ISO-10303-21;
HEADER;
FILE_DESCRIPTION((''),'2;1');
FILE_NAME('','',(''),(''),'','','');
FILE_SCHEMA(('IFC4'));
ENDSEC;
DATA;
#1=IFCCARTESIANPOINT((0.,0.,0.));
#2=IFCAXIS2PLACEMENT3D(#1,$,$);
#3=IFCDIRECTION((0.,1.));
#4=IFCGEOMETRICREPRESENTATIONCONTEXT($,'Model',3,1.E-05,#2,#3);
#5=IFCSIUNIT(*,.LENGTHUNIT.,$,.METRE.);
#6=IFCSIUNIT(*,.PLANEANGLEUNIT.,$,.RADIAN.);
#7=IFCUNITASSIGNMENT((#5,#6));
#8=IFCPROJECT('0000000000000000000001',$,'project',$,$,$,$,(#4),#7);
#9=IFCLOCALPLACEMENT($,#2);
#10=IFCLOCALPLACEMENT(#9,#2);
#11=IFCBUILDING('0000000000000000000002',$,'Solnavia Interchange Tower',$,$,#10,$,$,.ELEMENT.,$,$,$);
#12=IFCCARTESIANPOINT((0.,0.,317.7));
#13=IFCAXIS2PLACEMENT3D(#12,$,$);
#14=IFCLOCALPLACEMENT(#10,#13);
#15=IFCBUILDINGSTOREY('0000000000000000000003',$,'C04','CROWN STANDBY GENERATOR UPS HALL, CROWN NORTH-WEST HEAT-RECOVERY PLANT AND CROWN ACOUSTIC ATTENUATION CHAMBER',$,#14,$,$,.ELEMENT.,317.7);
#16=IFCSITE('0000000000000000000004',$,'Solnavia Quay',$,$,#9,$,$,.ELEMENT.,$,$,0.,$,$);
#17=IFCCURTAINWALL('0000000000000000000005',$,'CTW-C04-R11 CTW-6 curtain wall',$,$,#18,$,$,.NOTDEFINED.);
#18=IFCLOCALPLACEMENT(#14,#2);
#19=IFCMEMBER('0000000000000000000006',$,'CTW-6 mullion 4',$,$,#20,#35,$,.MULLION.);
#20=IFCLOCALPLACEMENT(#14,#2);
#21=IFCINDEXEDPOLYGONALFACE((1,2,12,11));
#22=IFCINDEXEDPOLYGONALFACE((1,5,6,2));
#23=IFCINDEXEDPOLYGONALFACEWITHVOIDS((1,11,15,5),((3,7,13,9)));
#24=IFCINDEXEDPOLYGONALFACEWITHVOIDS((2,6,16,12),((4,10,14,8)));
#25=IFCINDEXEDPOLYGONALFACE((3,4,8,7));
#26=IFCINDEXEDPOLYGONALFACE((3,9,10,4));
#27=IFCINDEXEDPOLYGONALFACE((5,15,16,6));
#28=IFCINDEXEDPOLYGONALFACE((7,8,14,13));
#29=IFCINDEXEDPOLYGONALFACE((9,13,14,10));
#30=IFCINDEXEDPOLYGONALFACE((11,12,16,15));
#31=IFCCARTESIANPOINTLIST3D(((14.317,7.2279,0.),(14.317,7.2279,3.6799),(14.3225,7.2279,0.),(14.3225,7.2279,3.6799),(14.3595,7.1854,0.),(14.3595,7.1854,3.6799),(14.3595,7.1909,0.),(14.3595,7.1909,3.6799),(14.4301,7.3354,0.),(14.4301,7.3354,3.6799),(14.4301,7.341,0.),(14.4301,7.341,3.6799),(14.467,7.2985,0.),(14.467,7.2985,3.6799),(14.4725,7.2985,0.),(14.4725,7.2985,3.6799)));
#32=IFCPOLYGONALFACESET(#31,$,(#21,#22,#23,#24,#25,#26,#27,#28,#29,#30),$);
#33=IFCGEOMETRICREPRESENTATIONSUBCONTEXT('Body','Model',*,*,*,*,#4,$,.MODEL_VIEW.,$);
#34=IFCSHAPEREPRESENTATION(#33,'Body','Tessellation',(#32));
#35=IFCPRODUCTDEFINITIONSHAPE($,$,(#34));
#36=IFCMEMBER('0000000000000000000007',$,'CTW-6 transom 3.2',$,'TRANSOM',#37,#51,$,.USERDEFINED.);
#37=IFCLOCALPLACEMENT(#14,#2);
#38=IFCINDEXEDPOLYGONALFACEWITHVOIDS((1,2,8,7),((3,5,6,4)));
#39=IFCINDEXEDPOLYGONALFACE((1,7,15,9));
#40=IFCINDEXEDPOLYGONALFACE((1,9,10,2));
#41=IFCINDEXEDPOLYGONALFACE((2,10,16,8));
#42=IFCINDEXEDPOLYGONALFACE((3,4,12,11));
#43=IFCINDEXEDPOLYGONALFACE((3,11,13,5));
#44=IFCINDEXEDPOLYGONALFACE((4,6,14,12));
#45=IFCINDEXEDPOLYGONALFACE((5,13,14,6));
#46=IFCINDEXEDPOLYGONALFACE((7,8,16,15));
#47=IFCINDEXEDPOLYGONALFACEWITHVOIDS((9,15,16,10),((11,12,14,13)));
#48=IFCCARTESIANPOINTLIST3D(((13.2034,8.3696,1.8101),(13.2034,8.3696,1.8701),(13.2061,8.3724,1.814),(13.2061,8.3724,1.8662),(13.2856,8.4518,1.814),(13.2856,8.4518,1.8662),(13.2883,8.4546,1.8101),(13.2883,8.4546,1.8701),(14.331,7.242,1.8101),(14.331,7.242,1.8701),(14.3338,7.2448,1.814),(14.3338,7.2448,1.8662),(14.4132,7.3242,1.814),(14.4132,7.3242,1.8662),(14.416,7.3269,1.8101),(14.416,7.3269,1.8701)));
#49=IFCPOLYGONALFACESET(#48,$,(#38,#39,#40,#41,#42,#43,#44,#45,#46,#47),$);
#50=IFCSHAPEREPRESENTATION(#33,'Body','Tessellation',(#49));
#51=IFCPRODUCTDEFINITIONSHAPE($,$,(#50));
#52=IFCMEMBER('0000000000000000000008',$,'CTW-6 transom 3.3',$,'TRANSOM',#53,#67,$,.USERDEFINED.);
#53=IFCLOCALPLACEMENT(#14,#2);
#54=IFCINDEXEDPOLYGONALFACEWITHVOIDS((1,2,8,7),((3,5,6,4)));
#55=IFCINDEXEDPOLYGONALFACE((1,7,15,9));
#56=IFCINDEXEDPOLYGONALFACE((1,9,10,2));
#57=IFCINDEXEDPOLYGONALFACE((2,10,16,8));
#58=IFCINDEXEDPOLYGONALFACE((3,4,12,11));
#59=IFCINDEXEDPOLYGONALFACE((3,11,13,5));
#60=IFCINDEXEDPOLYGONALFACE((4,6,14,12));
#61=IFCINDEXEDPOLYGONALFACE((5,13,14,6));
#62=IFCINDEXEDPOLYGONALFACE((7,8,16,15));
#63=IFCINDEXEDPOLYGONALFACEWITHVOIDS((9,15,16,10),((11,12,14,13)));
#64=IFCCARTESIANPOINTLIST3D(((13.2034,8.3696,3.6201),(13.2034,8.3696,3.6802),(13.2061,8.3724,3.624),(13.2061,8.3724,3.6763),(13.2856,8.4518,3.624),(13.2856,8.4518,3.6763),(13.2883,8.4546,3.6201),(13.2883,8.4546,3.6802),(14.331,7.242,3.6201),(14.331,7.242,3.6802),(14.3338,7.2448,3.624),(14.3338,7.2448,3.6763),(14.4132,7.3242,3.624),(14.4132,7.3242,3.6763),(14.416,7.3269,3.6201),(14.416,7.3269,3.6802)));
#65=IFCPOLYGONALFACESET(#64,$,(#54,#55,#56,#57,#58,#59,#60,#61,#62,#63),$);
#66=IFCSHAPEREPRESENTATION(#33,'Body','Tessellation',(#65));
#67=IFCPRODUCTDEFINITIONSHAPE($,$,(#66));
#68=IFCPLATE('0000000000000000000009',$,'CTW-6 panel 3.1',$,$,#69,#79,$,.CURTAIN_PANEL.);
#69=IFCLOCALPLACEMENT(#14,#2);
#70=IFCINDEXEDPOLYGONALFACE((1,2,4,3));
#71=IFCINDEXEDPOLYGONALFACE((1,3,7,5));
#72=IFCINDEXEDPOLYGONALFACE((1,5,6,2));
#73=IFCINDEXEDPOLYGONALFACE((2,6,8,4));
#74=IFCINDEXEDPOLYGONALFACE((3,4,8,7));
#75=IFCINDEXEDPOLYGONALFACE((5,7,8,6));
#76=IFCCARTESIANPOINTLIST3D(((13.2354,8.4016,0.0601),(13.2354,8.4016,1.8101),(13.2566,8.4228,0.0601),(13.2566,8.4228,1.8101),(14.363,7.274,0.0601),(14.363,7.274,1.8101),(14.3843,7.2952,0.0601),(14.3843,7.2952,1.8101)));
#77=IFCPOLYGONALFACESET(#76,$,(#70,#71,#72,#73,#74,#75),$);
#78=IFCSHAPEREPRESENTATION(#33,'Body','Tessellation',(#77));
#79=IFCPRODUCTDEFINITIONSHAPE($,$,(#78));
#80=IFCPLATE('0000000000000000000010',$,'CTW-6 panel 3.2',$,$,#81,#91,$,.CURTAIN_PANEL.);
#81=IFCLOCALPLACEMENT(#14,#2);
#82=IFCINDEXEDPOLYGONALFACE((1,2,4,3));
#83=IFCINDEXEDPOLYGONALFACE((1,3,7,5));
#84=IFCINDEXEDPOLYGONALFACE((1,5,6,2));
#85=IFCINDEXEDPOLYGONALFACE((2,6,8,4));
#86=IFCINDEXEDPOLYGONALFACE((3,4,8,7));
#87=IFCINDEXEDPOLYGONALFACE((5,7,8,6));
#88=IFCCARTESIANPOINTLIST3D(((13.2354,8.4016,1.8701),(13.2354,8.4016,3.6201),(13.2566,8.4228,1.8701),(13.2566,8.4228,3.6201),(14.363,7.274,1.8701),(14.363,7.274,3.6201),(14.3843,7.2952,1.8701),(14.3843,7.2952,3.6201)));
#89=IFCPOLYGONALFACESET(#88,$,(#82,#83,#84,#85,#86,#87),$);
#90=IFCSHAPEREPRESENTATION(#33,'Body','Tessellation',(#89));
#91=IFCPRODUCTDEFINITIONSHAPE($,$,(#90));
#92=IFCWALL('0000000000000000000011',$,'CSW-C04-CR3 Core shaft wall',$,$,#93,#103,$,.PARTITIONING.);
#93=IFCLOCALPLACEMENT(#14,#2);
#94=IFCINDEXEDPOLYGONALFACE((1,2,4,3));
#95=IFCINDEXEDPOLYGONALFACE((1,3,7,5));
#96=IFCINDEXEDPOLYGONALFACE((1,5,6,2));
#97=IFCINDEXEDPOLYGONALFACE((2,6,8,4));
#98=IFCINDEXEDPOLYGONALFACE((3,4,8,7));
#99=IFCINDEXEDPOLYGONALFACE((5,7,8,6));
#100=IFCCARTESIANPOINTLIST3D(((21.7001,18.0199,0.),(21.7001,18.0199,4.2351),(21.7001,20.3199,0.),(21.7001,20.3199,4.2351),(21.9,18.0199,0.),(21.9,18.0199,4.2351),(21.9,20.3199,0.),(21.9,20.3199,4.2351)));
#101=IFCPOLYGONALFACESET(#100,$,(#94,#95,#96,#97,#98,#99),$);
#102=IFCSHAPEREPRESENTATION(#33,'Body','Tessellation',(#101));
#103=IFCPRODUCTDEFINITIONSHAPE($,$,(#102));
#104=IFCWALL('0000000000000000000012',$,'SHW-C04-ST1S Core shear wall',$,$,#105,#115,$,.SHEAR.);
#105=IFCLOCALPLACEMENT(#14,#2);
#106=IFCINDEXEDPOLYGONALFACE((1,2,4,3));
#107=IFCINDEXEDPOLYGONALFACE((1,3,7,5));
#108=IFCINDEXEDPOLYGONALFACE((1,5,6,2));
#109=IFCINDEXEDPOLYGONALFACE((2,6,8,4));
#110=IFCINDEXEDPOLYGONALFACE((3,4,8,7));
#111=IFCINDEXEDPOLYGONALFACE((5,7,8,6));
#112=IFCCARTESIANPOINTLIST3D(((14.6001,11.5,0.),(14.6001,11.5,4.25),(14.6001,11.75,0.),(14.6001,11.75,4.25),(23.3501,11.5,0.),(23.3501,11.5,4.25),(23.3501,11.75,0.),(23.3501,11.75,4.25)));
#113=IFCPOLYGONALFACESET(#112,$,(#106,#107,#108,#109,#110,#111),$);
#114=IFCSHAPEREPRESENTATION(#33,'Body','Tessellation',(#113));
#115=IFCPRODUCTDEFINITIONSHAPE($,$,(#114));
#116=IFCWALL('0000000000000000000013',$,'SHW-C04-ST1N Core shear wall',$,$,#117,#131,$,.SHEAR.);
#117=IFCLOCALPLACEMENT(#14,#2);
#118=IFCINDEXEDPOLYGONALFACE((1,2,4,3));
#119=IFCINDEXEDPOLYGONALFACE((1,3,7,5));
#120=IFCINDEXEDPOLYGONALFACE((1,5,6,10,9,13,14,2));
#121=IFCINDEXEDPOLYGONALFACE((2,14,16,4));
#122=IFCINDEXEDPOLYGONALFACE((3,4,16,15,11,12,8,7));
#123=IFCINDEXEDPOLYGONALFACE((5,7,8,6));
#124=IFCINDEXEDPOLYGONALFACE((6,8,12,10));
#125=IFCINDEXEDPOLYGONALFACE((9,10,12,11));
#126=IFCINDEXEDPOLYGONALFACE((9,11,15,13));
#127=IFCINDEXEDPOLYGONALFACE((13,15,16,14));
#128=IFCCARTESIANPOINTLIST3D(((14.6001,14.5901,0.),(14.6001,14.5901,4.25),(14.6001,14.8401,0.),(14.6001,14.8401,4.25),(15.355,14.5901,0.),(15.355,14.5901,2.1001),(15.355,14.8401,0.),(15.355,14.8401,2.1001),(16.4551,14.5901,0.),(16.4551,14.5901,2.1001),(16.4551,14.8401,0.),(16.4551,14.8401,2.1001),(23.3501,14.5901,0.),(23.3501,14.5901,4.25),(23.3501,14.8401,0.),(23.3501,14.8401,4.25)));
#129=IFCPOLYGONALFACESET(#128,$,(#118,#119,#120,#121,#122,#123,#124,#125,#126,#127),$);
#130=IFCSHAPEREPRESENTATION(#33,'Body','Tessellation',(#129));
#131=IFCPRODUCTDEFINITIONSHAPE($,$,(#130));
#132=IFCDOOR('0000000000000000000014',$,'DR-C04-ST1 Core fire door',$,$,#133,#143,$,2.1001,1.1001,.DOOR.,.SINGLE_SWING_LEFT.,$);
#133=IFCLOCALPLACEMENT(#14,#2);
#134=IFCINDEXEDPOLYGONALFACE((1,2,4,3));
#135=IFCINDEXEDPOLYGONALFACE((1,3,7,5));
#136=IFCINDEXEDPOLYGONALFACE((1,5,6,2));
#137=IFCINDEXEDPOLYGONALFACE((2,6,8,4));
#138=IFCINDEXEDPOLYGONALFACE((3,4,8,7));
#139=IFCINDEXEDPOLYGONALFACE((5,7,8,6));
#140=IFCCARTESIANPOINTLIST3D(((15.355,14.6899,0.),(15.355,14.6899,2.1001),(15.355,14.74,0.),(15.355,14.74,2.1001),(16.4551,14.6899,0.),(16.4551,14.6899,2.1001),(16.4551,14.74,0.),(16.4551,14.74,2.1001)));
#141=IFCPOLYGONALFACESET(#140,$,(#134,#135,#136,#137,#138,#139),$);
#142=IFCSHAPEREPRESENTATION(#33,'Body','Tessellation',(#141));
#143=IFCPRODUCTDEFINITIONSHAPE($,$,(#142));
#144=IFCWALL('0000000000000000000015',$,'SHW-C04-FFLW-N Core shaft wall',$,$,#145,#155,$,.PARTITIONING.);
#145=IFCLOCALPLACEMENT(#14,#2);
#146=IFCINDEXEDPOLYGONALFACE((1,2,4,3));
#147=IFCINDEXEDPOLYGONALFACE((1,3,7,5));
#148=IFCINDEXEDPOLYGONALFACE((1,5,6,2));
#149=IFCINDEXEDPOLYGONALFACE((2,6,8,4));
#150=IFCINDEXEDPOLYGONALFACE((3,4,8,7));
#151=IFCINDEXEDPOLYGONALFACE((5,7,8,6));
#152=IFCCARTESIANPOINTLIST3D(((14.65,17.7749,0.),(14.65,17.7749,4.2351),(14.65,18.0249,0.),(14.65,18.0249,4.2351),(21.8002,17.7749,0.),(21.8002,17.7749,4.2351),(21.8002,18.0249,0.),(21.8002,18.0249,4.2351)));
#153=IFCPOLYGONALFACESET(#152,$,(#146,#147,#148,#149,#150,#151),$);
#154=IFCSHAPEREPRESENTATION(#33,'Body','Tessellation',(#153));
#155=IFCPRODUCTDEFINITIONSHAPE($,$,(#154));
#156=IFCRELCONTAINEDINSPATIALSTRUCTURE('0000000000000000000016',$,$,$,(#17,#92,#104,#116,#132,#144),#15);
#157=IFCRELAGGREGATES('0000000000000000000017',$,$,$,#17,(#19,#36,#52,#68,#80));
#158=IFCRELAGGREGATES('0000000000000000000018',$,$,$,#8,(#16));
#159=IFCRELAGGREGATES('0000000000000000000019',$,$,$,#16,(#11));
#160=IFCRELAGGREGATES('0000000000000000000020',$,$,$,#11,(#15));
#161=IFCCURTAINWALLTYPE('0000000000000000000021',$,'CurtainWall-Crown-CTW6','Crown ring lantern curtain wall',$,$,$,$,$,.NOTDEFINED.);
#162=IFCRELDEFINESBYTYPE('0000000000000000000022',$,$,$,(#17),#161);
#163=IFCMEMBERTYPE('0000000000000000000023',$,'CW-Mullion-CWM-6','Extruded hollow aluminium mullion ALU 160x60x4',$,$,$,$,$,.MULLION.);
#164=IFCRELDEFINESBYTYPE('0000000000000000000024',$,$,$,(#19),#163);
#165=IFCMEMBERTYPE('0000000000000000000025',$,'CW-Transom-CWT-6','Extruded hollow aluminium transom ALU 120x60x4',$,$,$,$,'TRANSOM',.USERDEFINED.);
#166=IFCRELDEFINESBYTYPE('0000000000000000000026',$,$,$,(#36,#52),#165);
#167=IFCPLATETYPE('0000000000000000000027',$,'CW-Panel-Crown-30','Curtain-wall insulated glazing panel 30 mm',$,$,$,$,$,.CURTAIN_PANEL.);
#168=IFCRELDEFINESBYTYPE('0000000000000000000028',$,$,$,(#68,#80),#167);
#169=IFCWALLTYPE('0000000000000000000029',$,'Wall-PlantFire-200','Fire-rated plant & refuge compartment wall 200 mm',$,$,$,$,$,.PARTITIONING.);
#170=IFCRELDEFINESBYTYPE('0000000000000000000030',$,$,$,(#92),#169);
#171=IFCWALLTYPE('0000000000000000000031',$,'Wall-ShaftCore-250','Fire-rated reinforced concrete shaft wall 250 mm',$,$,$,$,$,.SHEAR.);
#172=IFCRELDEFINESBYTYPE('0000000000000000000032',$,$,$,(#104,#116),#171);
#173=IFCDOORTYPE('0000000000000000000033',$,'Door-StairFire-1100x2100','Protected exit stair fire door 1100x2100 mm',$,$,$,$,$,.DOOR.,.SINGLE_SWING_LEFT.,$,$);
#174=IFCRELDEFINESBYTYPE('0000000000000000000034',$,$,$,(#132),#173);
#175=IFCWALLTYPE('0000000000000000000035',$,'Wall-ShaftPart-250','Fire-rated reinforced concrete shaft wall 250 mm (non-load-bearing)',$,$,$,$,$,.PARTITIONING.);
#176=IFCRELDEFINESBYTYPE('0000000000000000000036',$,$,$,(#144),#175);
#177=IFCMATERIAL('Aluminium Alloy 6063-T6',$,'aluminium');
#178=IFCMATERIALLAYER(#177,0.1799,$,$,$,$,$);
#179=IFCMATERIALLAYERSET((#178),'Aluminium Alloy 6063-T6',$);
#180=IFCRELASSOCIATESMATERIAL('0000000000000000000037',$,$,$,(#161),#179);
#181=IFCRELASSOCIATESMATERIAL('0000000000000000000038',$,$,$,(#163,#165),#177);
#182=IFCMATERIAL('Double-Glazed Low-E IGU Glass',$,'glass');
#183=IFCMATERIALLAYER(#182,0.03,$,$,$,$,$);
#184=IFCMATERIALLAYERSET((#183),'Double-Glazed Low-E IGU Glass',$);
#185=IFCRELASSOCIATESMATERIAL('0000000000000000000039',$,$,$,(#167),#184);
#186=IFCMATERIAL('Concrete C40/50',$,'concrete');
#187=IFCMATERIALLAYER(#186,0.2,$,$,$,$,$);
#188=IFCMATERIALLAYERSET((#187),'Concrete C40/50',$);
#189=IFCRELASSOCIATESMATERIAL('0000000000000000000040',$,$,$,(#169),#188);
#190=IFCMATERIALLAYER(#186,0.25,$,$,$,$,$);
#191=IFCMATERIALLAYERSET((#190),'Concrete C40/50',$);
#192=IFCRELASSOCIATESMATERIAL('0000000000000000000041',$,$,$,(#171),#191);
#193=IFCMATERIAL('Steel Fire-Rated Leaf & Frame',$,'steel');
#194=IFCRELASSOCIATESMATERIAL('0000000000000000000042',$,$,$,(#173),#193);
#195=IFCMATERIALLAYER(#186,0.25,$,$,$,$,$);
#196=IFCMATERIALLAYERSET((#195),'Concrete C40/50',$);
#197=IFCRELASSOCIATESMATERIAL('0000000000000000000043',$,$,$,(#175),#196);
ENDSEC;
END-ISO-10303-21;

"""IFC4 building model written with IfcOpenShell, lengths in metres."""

from ifc_helpers import new_model, si_unit, direction, frame, frame_2d, origin, origin_2d, place, context, subcontext, project, spatial, rectangle, hollow_rectangle, extrude, material, layer, layer_set, material_profile, profile_set, type_object, element, fill, aggregate, save


model = new_model("IFC4")

# Units and contexts
model_context = context("Model", 3, precision=1e-05, world=origin(), true_north=direction((0.0, 1.0)))
body_context = subcontext(model_context, "Body", "Model", "MODEL_VIEW")
ifc_project = project(units=[si_unit("LENGTHUNIT", "METRE"), si_unit("PLANEANGLEUNIT", "RADIAN")], contexts=[model_context])

# Site, building, storey
site_placement = place(None, origin())
site = spatial("IfcSite", under=ifc_project, at=site_placement, Name="Solnavia Quay", CompositionType="ELEMENT", RefElevation=0.0)
building_placement = place(site_placement, origin())
building = spatial("IfcBuilding", under=site, at=building_placement, Name="Solnavia Interchange Tower", CompositionType="ELEMENT")
storey_placement = place(building_placement, frame((0.0, 0.0, 317.7)))
storey = spatial("IfcBuildingStorey", under=building, at=storey_placement, Name="C04", Description="CROWN STANDBY GENERATOR UPS HALL, CROWN NORTH-WEST HEAT-RECOVERY PLANT AND CROWN ACOUSTIC ATTENUATION CHAMBER", CompositionType="ELEMENT", Elevation=317.7)

# Curtain wall, members, plates
ifc_material_1 = material(Name="Aluminium Alloy 6063-T6", Category="aluminium")
ifc_layer_1 = layer(ifc_material_1, 0.1799)
ifc_layer_set_1 = layer_set([ifc_layer_1], Name="Aluminium Alloy 6063-T6")
curtain_wall_type = type_object("IfcCurtainWallType", Name="CurtainWall-Crown-CTW6", Description="Crown ring lantern curtain wall", PredefinedType="NOTDEFINED", material=ifc_layer_set_1)
curtain_wall_placement = place(storey_placement, origin())
curtain_wall = element("IfcCurtainWall", 1, at=curtain_wall_placement, inside=storey, type_object=curtain_wall_type, Name="CTW-C04-R11 CTW-6 curtain wall", PredefinedType="NOTDEFINED")
ifc_material_profile_1 = material_profile(ifc_material_1, hollow_rectangle(XDim=0.0601, YDim=0.1599, WallThickness=0.0039, at=origin_2d()), Name="ALU 160x60x4")
ifc_profile_set_1 = profile_set([ifc_material_profile_1], Name="Aluminium Alloy 6063-T6")
member_type_1 = type_object("IfcMemberType", Name="CW-Mullion-CWM-6", Description="Extruded hollow aluminium mullion ALU 160x60x4", PredefinedType="MULLION", material=ifc_profile_set_1)
member_1_placement = place(storey_placement, frame((14.3948, 7.2632, 0.0), z_axis=(0.0, 0.0, 1.0), x_axis=(0.707107, -0.707107, 0.0)))
member_1 = element("IfcMember", 2, at=member_1_placement, type_object=member_type_1, Name="CTW-6 mullion 4", PredefinedType="MULLION", context=body_context, shape_type="SweptSolid", body=[
    extrude(hollow_rectangle(XDim=0.0601, YDim=0.1599, WallThickness=0.0039, at=origin_2d()), origin(), (0.0, 0.0, 1.0), 3.6799),
])
ifc_material_profile_2 = material_profile(ifc_material_1, hollow_rectangle(XDim=0.0601, YDim=0.1201, WallThickness=0.0039, at=origin_2d()), Name="ALU 120x60x4")
ifc_profile_set_2 = profile_set([ifc_material_profile_2], Name="Aluminium Alloy 6063-T6")
member_type_2 = type_object("IfcMemberType", Name="CW-Transom-CWT-6", Description="Extruded hollow aluminium transom ALU 120x60x4", ElementType="TRANSOM", PredefinedType="USERDEFINED", material=ifc_profile_set_2)
member_2_placement = place(storey_placement, frame((13.2458, 8.4121, 1.8401), z_axis=(0.707107, -0.707107, 0.0), x_axis=(0.0, 0.0, 1.0)))
member_2 = element("IfcMember", 3, at=member_2_placement, type_object=member_type_2, Name="CTW-6 transom 3.2", ObjectType="TRANSOM", PredefinedType="USERDEFINED", context=body_context, shape_type="SweptSolid", body=[
    extrude(hollow_rectangle(XDim=0.0601, YDim=0.1201, WallThickness=0.0039, at=origin_2d()), origin(), (0.0, 0.0, 1.0), 1.5947),
])
member_3_placement = place(storey_placement, frame((13.2458, 8.4121, 3.6501), z_axis=(0.707107, -0.707107, 0.0), x_axis=(0.0, 0.0, 1.0)))
member_3 = element("IfcMember", 4, at=member_3_placement, type_object=member_type_2, Name="CTW-6 transom 3.3", ObjectType="TRANSOM", PredefinedType="USERDEFINED", context=body_context, shape_type="SweptSolid", body=[
    extrude(hollow_rectangle(XDim=0.0601, YDim=0.1201, WallThickness=0.0039, at=origin_2d()), origin(), (0.0, 0.0, 1.0), 1.5947),
])
ifc_material_2 = material(Name="Double-Glazed Low-E IGU Glass", Category="glass")
ifc_layer_2 = layer(ifc_material_2, 0.03)
ifc_layer_set_2 = layer_set([ifc_layer_2], Name="Double-Glazed Low-E IGU Glass")
plate_type = type_object("IfcPlateType", Name="CW-Panel-Crown-30", Description="Curtain-wall insulated glazing panel 30 mm", PredefinedType="CURTAIN_PANEL", material=ifc_layer_set_2)
plate_1_placement = place(storey_placement, frame((13.8098, 7.8484, 0.0601), z_axis=(0.0, 0.0, 1.0), x_axis=(0.707107, -0.707107, 0.0)))
plate_1 = element("IfcPlate", 5, at=plate_1_placement, type_object=plate_type, Name="CTW-6 panel 3.1", PredefinedType="CURTAIN_PANEL", context=body_context, shape_type="SweptSolid", body=[
    extrude(rectangle(XDim=1.5947, YDim=0.03, at=origin_2d()), origin(), (0.0, 0.0, 1.0), 1.75),
])
plate_2_placement = place(storey_placement, frame((13.8098, 7.8484, 1.8701), z_axis=(0.0, 0.0, 1.0), x_axis=(0.707107, -0.707107, 0.0)))
plate_2 = element("IfcPlate", 6, at=plate_2_placement, type_object=plate_type, Name="CTW-6 panel 3.2", PredefinedType="CURTAIN_PANEL", context=body_context, shape_type="SweptSolid", body=[
    extrude(rectangle(XDim=1.5947, YDim=0.03, at=origin_2d()), origin(), (0.0, 0.0, 1.0), 1.75),
])
aggregate(curtain_wall, [member_1, member_2, member_3, plate_1, plate_2])

# Walls
ifc_material_3 = material(Name="Concrete C40/50", Category="concrete")
ifc_layer_3 = layer(ifc_material_3, 0.2)
ifc_layer_set_3 = layer_set([ifc_layer_3], Name="Concrete C40/50")
wall_type_1 = type_object("IfcWallType", Name="Wall-PlantFire-200", Description="Fire-rated plant & refuge compartment wall 200 mm", PredefinedType="PARTITIONING", material=ifc_layer_set_3)
wall_1_placement = place(storey_placement, frame((21.8, 18.02, 0.0), z_axis=(0.0, 0.0, 1.0), x_axis=(0.0, 1.0, 0.0)))
element("IfcWall", 7, at=wall_1_placement, inside=storey, type_object=wall_type_1, Name="CSW-C04-CR3 Core shaft wall", PredefinedType="PARTITIONING", context=body_context, shape_type="SweptSolid", body=[
    extrude(rectangle(XDim=2.3, YDim=0.2, at=frame_2d((1.1499, 0.0))), origin(), (0.0, 0.0, 1.0), 4.2351),
])
ifc_layer_4 = layer(ifc_material_3, 0.25)
ifc_layer_set_4 = layer_set([ifc_layer_4], Name="Concrete C40/50")
wall_type_2 = type_object("IfcWallType", Name="Wall-ShaftCore-250", Description="Fire-rated reinforced concrete shaft wall 250 mm", PredefinedType="SHEAR", material=ifc_layer_set_4)
wall_2_placement = place(storey_placement, frame((14.6001, 11.625, 0.0), z_axis=(0.0, 0.0, 1.0), x_axis=(1.0, 0.0, 0.0)))
element("IfcWall", 8, at=wall_2_placement, inside=storey, type_object=wall_type_2, Name="SHW-C04-ST1S Core shear wall", PredefinedType="SHEAR", context=body_context, shape_type="SweptSolid", body=[
    extrude(rectangle(XDim=8.75, YDim=0.25, at=frame_2d((4.375, 0.0))), origin(), (0.0, 0.0, 1.0), 4.25),
])

# Wall, opening, door
wall_3_placement = place(storey_placement, frame((14.6001, 14.7151, 0.0), z_axis=(0.0, 0.0, 1.0), x_axis=(1.0, 0.0, 0.0)))
wall_3 = element("IfcWall", 9, at=wall_3_placement, inside=storey, type_object=wall_type_2, Name="SHW-C04-ST1N Core shear wall", PredefinedType="SHEAR", context=body_context, shape_type="SweptSolid", body=[
    extrude(rectangle(XDim=8.75, YDim=0.25, at=frame_2d((4.375, 0.0))), origin(), (0.0, 0.0, 1.0), 4.25),
])
opening_1_placement = place(wall_3_placement, frame((0.7549, 0.0, 0.0)))
opening_1 = element("IfcOpeningElement", 10, at=opening_1_placement, cuts=wall_3, PredefinedType="OPENING", context=body_context, shape_type="SweptSolid", body=[
    extrude(rectangle(XDim=1.1001, YDim=2.1001, at=frame_2d((0.55, 1.05))), frame((0.0, 0.135, 0.0), z_axis=(0.0, -1.0, 0.0), x_axis=(1.0, 0.0, 0.0)), (0.0, 0.0, 1.0), 0.27),
])
ifc_material_4 = material(Name="Steel Fire-Rated Leaf & Frame", Category="steel")
door_type_1 = type_object("IfcDoorType", Name="Door-StairFire-1100x2100", Description="Protected exit stair fire door 1100x2100 mm", OperationType="SINGLE_SWING_LEFT", PredefinedType="DOOR", material=ifc_material_4)
door_1_placement = place(opening_1_placement, origin())
door_1 = element("IfcDoor", 11, at=door_1_placement, inside=storey, type_object=door_type_1, Name="DR-C04-ST1 Core fire door", OperationType="SINGLE_SWING_LEFT", OverallHeight=2.1001, OverallWidth=1.1001, PredefinedType="DOOR", context=body_context, shape_type="SweptSolid", body=[
    extrude(rectangle(XDim=1.1001, YDim=2.1001, at=frame_2d((0.55, 1.05))), frame((0.0, 0.0249, 0.0), z_axis=(0.0, -1.0, 0.0), x_axis=(1.0, 0.0, 0.0)), (0.0, 0.0, 1.0), 0.05),
])
fill(opening_1, door_1)

# Wall
ifc_layer_5 = layer(ifc_material_3, 0.25)
ifc_layer_set_5 = layer_set([ifc_layer_5], Name="Concrete C40/50")
wall_type_3 = type_object("IfcWallType", Name="Wall-ShaftPart-250", Description="Fire-rated reinforced concrete shaft wall 250 mm (non-load-bearing)", PredefinedType="PARTITIONING", material=ifc_layer_set_5)
wall_4_placement = place(storey_placement, frame((14.6499, 17.8999, 0.0), z_axis=(0.0, 0.0, 1.0), x_axis=(1.0, 0.0, 0.0)))
element("IfcWall", 12, at=wall_4_placement, inside=storey, type_object=wall_type_3, Name="SHW-C04-FFLW-N Core shaft wall", PredefinedType="PARTITIONING", context=body_context, shape_type="SweptSolid", body=[
    extrude(rectangle(XDim=7.1501, YDim=0.25, at=frame_2d((3.5752, 0.0))), origin(), (0.0, 0.0, 1.0), 4.2351),
])

save(model, "model.ifc")
